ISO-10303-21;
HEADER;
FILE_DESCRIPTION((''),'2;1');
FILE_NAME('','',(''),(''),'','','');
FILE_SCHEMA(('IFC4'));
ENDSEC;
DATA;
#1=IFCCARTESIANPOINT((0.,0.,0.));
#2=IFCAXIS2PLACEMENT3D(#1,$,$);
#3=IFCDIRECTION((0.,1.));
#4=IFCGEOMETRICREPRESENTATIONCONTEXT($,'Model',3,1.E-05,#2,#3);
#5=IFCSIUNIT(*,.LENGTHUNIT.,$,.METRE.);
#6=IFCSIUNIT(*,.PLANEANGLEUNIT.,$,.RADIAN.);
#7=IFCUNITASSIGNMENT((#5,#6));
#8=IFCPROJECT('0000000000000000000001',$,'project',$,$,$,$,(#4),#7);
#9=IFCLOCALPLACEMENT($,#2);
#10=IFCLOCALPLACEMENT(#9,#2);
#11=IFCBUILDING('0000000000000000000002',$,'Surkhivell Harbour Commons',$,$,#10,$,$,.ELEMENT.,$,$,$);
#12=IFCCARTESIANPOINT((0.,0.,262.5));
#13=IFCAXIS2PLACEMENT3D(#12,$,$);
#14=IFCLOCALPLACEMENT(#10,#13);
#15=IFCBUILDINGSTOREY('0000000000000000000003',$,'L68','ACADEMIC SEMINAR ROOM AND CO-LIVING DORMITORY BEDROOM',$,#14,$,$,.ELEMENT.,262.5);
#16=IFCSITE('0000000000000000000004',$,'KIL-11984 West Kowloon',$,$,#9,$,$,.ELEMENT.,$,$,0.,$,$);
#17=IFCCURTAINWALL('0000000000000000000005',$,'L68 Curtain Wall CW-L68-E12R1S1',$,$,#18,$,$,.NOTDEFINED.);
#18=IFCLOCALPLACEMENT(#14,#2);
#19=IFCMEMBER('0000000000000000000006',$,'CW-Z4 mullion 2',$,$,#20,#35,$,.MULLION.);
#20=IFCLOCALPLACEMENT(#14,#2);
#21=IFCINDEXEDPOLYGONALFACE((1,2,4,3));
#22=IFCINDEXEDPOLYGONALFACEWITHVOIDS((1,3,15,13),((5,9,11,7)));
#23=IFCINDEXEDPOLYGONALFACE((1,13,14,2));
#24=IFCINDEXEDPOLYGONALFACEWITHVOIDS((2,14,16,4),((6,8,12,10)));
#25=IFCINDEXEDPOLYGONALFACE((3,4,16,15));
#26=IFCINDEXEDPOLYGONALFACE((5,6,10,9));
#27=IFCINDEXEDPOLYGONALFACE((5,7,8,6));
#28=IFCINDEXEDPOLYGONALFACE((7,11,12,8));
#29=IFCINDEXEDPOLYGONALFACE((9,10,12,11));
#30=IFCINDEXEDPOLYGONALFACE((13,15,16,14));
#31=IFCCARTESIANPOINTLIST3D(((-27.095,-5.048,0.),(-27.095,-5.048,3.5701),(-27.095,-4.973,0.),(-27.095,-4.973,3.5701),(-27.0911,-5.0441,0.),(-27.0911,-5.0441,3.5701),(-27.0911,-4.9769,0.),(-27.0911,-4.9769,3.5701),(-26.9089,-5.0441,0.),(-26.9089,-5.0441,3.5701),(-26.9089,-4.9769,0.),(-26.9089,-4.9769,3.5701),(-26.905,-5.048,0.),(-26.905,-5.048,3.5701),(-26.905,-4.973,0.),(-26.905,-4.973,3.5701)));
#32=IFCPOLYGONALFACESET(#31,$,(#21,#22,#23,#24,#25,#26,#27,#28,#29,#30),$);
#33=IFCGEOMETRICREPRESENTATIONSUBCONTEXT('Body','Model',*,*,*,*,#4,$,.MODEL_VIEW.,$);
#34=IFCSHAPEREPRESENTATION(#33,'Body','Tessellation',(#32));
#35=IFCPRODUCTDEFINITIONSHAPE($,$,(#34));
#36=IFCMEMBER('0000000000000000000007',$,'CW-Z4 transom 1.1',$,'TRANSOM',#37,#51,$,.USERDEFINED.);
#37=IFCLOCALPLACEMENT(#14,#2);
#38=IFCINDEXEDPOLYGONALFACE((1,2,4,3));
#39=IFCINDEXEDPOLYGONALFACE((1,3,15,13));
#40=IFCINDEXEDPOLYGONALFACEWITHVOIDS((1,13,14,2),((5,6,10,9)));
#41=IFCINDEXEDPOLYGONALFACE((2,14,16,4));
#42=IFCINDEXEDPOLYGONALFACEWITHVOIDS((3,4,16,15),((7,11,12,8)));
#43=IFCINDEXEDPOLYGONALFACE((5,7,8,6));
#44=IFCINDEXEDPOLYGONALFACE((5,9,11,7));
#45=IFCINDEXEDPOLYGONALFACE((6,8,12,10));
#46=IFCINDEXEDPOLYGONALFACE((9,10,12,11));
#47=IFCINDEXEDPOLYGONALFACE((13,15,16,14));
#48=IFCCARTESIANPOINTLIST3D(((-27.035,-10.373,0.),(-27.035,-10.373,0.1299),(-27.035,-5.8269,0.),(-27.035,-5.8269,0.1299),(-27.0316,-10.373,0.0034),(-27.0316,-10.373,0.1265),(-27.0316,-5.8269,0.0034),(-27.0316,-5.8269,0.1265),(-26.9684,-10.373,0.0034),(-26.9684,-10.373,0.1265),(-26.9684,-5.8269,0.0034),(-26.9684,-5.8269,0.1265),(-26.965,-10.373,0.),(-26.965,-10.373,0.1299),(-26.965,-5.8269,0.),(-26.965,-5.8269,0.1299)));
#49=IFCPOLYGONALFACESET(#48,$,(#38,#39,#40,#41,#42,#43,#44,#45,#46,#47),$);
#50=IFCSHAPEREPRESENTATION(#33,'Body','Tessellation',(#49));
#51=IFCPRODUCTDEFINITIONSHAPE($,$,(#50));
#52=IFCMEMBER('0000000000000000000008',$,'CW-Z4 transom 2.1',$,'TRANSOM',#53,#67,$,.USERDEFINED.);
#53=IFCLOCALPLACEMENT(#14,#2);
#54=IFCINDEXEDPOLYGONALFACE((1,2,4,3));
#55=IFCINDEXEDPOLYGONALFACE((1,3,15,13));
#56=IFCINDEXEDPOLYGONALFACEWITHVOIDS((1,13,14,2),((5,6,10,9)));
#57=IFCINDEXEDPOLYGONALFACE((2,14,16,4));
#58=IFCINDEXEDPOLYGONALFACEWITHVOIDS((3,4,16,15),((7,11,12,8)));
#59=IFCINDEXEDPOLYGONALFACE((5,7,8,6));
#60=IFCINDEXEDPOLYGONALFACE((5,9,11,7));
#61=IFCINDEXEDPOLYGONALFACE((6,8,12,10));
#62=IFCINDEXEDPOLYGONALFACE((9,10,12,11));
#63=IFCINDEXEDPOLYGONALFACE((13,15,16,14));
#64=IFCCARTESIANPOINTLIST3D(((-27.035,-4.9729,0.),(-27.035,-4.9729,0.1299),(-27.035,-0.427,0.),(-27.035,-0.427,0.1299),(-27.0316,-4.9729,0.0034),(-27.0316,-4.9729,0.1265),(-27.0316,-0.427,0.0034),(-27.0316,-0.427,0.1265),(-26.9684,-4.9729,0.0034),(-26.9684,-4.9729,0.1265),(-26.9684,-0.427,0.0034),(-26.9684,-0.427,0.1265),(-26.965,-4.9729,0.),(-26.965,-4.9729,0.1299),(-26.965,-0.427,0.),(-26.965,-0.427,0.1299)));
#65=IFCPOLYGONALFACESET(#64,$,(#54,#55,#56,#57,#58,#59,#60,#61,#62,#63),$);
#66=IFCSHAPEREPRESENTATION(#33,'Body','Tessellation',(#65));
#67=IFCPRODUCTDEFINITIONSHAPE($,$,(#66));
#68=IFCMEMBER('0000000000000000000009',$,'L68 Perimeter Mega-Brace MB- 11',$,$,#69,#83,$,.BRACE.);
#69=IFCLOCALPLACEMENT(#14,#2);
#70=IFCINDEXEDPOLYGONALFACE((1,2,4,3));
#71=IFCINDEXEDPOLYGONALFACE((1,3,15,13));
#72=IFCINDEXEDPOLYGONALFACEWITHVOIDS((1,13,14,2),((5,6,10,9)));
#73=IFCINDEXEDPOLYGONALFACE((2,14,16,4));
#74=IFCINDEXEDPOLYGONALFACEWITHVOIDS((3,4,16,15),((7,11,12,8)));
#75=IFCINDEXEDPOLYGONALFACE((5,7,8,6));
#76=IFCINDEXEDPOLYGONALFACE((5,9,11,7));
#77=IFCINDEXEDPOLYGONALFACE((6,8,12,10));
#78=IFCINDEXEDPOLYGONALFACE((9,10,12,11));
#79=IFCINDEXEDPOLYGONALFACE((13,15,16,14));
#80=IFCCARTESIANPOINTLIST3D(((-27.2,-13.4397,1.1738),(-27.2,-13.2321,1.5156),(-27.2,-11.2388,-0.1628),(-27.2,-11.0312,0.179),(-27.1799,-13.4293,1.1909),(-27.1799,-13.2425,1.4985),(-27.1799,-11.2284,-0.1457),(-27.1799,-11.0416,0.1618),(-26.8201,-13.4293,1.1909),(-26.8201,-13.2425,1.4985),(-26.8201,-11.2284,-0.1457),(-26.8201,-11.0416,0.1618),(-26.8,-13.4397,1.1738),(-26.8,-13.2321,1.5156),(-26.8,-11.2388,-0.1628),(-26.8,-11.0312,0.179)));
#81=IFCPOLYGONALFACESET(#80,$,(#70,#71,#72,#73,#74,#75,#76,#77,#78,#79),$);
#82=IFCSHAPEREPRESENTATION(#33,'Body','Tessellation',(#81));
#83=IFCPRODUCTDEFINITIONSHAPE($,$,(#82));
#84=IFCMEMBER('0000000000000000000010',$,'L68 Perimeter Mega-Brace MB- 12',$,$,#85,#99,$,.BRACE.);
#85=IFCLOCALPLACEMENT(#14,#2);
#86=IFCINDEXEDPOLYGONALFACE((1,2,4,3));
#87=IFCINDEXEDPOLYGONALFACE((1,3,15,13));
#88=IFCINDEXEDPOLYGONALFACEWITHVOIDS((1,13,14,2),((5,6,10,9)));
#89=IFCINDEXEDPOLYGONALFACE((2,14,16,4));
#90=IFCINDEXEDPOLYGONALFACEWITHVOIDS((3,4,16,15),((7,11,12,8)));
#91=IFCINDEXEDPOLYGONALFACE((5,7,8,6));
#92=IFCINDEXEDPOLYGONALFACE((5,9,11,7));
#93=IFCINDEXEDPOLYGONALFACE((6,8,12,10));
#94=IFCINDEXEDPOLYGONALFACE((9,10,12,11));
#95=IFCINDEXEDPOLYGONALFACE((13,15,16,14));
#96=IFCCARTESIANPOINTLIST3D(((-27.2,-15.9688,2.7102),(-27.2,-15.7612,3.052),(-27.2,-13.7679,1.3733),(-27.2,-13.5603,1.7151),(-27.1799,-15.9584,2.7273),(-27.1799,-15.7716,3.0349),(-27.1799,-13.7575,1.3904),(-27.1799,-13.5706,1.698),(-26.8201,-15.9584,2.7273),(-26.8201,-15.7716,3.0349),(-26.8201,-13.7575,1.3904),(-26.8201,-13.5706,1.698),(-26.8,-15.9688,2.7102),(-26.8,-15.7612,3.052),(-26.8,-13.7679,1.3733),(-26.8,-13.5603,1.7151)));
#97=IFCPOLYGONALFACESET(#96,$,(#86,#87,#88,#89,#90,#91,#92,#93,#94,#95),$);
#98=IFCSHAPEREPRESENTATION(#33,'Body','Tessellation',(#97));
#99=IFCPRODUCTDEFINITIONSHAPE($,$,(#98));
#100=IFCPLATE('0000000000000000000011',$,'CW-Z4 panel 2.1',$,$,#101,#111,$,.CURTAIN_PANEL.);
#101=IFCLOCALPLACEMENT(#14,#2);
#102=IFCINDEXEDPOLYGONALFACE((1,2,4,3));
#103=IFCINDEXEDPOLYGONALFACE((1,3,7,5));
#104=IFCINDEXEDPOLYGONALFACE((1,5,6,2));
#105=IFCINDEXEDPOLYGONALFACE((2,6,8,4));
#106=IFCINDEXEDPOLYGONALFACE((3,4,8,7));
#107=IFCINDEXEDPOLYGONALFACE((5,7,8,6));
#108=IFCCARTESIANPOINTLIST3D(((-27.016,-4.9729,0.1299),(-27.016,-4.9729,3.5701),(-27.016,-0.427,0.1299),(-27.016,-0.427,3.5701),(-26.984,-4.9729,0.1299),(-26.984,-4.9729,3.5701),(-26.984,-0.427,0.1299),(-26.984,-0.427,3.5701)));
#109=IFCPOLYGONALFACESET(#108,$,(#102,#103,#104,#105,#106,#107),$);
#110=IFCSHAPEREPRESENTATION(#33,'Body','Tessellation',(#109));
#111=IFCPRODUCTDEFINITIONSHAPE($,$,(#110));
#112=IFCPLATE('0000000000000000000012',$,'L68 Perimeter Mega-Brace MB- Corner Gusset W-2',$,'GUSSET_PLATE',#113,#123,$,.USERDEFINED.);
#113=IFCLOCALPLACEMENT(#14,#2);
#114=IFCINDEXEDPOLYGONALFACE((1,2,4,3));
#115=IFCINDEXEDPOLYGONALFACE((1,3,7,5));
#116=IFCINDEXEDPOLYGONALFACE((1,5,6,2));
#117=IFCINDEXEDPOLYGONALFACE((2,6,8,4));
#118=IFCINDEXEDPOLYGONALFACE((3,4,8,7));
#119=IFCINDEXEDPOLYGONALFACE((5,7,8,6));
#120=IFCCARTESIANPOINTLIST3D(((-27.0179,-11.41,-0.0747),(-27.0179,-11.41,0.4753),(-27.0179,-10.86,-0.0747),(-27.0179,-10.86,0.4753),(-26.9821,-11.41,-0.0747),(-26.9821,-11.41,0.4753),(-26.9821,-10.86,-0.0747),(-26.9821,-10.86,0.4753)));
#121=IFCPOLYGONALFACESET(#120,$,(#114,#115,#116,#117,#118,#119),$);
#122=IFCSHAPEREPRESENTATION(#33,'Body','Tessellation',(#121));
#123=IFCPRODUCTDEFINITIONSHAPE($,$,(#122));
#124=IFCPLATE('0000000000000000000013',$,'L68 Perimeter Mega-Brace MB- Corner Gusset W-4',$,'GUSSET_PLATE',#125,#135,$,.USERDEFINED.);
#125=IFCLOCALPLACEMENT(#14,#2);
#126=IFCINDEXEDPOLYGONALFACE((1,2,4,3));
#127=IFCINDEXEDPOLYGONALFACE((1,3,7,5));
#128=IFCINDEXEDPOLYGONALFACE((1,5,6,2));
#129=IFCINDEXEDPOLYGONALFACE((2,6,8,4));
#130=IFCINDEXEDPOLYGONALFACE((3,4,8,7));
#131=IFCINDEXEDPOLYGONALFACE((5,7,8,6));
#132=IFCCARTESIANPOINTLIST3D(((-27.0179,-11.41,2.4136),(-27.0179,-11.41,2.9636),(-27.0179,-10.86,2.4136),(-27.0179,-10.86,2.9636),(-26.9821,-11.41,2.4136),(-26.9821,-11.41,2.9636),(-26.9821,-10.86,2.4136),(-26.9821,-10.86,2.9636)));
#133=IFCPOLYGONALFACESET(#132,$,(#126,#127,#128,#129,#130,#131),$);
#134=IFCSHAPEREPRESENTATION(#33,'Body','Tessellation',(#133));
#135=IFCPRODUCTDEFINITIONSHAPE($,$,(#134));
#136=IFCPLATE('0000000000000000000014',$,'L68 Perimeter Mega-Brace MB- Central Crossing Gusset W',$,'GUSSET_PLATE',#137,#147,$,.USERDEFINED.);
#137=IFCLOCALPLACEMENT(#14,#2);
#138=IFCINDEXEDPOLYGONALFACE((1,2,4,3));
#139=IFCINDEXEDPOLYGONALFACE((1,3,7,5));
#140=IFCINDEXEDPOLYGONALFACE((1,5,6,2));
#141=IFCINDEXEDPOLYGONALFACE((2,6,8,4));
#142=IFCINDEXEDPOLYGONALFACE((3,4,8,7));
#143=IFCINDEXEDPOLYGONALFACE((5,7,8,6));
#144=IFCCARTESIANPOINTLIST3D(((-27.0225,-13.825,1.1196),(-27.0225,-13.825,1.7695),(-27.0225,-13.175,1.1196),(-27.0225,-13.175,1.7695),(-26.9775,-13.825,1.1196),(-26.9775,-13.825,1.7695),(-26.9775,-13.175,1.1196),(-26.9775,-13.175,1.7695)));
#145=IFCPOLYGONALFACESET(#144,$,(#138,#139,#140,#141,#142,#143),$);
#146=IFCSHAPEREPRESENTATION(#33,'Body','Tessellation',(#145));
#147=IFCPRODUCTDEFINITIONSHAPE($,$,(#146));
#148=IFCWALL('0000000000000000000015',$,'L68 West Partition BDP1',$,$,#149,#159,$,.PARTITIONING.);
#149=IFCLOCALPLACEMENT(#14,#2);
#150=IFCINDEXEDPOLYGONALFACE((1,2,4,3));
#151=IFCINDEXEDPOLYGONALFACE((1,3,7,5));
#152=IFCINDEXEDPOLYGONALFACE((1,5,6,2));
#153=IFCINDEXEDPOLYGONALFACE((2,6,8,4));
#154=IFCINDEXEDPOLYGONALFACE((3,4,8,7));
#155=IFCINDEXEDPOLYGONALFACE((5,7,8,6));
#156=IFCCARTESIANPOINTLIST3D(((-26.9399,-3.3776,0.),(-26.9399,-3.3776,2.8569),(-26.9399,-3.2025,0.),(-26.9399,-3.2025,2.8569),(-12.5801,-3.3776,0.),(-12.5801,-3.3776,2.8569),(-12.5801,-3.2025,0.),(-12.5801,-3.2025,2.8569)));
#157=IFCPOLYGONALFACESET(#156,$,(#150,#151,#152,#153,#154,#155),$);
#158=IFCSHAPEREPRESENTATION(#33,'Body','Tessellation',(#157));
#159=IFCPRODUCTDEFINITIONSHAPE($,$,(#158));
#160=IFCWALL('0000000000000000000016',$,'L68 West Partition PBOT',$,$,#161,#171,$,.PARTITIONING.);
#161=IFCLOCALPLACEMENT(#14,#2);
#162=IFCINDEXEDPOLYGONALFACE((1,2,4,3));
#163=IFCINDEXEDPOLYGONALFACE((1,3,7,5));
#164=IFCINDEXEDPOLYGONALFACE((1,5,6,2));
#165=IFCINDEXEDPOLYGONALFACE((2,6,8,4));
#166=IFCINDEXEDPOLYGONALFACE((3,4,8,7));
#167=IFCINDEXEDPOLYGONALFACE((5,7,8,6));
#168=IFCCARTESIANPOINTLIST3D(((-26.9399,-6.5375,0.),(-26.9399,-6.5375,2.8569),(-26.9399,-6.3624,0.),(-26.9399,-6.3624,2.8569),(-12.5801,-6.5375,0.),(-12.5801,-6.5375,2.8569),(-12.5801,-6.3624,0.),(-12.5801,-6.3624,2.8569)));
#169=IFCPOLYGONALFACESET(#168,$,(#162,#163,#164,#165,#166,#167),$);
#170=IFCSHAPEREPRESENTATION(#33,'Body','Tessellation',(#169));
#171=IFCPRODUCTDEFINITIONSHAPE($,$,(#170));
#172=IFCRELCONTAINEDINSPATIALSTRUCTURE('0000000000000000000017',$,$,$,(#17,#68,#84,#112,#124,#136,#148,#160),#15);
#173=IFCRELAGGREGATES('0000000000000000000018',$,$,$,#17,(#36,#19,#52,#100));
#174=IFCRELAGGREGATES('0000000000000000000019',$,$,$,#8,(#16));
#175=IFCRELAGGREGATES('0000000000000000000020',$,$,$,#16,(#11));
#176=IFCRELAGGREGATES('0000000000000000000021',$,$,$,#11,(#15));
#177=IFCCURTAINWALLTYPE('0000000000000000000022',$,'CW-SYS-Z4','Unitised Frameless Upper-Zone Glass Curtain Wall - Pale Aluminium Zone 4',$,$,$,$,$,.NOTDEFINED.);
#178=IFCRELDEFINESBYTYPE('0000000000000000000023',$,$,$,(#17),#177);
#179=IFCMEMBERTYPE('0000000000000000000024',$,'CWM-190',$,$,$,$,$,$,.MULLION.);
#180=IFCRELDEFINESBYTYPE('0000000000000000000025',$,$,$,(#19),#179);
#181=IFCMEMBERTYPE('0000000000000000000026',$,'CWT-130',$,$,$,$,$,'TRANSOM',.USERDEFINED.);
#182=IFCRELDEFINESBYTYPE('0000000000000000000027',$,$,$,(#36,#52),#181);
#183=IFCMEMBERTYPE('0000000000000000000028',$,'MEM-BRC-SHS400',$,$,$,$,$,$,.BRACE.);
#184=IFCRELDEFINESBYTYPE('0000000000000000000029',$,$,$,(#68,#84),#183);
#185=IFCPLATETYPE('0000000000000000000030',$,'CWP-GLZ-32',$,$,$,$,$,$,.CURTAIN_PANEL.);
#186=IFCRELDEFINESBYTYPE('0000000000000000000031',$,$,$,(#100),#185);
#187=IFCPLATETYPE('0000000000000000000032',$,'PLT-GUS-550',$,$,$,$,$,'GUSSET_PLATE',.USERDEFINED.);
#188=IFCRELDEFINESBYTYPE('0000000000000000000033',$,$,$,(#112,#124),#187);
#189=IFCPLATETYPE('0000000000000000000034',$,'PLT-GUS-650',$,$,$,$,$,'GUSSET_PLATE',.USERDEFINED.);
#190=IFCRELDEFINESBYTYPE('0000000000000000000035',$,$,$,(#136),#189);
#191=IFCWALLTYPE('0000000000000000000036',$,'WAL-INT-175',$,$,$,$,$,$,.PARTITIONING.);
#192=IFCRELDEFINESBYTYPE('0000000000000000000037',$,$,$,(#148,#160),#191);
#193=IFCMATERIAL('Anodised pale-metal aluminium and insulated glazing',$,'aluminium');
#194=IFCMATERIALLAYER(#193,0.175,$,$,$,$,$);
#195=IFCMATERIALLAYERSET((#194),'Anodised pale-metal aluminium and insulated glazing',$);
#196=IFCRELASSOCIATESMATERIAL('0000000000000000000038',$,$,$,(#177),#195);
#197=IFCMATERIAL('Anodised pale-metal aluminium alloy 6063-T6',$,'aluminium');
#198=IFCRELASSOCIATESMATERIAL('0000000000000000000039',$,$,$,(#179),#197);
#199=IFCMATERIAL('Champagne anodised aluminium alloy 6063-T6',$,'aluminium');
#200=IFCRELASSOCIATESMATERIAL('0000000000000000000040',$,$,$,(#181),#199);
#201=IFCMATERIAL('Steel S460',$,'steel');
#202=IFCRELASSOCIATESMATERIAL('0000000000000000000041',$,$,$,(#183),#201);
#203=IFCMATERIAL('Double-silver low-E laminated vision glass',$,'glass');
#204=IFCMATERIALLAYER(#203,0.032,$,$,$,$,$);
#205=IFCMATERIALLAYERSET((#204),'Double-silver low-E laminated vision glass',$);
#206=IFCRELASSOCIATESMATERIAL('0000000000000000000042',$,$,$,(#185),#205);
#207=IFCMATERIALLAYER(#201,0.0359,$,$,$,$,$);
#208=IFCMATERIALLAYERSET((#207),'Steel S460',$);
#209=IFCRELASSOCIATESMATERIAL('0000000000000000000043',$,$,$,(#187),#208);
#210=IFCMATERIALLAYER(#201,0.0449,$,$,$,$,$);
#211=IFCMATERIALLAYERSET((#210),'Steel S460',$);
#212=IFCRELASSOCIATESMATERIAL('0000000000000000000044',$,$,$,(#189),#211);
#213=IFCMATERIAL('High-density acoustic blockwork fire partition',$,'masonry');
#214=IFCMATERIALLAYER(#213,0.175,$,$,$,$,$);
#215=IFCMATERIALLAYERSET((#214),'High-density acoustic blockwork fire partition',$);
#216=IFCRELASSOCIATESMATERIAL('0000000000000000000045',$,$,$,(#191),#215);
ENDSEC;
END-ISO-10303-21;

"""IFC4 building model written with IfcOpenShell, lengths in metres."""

from ifc_helpers import new_model, si_unit, direction, frame, frame_2d, origin, origin_2d, place, context, subcontext, project, spatial, rectangle, hollow_rectangle, extrude, material, layer, layer_set, material_profile, profile_set, type_object, element, aggregate, save


model = new_model("IFC4")

# Units and contexts
model_context = context("Model", 3, precision=1e-05, world=origin(), true_north=direction((0.0, 1.0)))
body_context = subcontext(model_context, "Body", "Model", "MODEL_VIEW")
ifc_project = project(units=[si_unit("LENGTHUNIT", "METRE"), si_unit("PLANEANGLEUNIT", "RADIAN")], contexts=[model_context])

# Site, building, storey
site_placement = place(None, origin())
site = spatial("IfcSite", under=ifc_project, at=site_placement, Name="KIL-11984 West Kowloon", CompositionType="ELEMENT", RefElevation=0.0)
building_placement = place(site_placement, origin())
building = spatial("IfcBuilding", under=site, at=building_placement, Name="Surkhivell Harbour Commons", CompositionType="ELEMENT")
storey_placement = place(building_placement, frame((0.0, 0.0, 262.5)))
storey = spatial("IfcBuildingStorey", under=building, at=storey_placement, Name="L68", Description="ACADEMIC SEMINAR ROOM AND CO-LIVING DORMITORY BEDROOM", CompositionType="ELEMENT", Elevation=262.5)

# Curtain wall, members
ifc_material_1 = material(Name="Anodised pale-metal aluminium and insulated glazing", Category="aluminium")
ifc_layer_1 = layer(ifc_material_1, 0.175)
ifc_layer_set_1 = layer_set([ifc_layer_1], Name="Anodised pale-metal aluminium and insulated glazing")
curtain_wall_type = type_object("IfcCurtainWallType", Name="CW-SYS-Z4", Description="Unitised Frameless Upper-Zone Glass Curtain Wall - Pale Aluminium Zone 4", PredefinedType="NOTDEFINED", material=ifc_layer_set_1)
curtain_wall_placement = place(storey_placement, origin())
curtain_wall = element("IfcCurtainWall", 1, at=curtain_wall_placement, inside=storey, type_object=curtain_wall_type, Name="L68 Curtain Wall CW-L68-E12R1S1", PredefinedType="NOTDEFINED")
ifc_material_2 = material(Name="Anodised pale-metal aluminium alloy 6063-T6", Category="aluminium")
ifc_material_profile_1 = material_profile(ifc_material_2, hollow_rectangle(XDim=0.075, YDim=0.1899, WallThickness=0.0039, at=origin_2d()), Name="ALU-MULL-75x190")
ifc_profile_set_1 = profile_set([ifc_material_profile_1], Name="Anodised pale-metal aluminium alloy 6063-T6")
member_type_1 = type_object("IfcMemberType", Name="CWM-190", PredefinedType="MULLION", material=ifc_profile_set_1)
member_1_placement = place(storey_placement, frame((-27.0, -5.0105, 0.0), z_axis=(0.0, 0.0, 1.0), x_axis=(0.0, 1.0, 0.0)))
member_1 = element("IfcMember", 2, at=member_1_placement, type_object=member_type_1, Name="CW-Z4 mullion 2", PredefinedType="MULLION", context=body_context, shape_type="SweptSolid", body=[
    extrude(hollow_rectangle(XDim=0.075, YDim=0.1899, WallThickness=0.0039, at=origin_2d()), origin(), (0.0, 0.0, 1.0), 3.5701),
])
ifc_material_3 = material(Name="Champagne anodised aluminium alloy 6063-T6", Category="aluminium")
ifc_material_profile_2 = material_profile(ifc_material_3, hollow_rectangle(XDim=0.0701, YDim=0.1299, WallThickness=0.0034, at=origin_2d()), Name="ALU-TRAN-70x130")
ifc_profile_set_2 = profile_set([ifc_material_profile_2], Name="Champagne anodised aluminium alloy 6063-T6")
member_type_2 = type_object("IfcMemberType", Name="CWT-130", ElementType="TRANSOM", PredefinedType="USERDEFINED", material=ifc_profile_set_2)
member_2_placement = place(storey_placement, frame((-27.0, -10.373, 0.0649), z_axis=(0.0, 1.0, 0.0), x_axis=(-1.0, 0.0, 0.0)))
member_2 = element("IfcMember", 3, at=member_2_placement, type_object=member_type_2, Name="CW-Z4 transom 1.1", ObjectType="TRANSOM", PredefinedType="USERDEFINED", context=body_context, shape_type="SweptSolid", body=[
    extrude(hollow_rectangle(XDim=0.0701, YDim=0.1299, WallThickness=0.0034, at=origin_2d()), origin(), (0.0, 0.0, 1.0), 4.5461),
])
member_3_placement = place(storey_placement, frame((-27.0, -4.9729, 0.0649), z_axis=(0.0, 1.0, 0.0), x_axis=(-1.0, 0.0, 0.0)))
member_3 = element("IfcMember", 4, at=member_3_placement, type_object=member_type_2, Name="CW-Z4 transom 2.1", ObjectType="TRANSOM", PredefinedType="USERDEFINED", context=body_context, shape_type="SweptSolid", body=[
    extrude(hollow_rectangle(XDim=0.0701, YDim=0.1299, WallThickness=0.0034, at=origin_2d()), origin(), (0.0, 0.0, 1.0), 4.5459),
])

# Members
ifc_material_4 = material(Name="Steel S460", Category="steel")
ifc_material_profile_3 = material_profile(ifc_material_4, hollow_rectangle(XDim=0.3999, YDim=0.3999, WallThickness=0.02, at=origin_2d()), Name="SHS400x400x20")
ifc_profile_set_3 = profile_set([ifc_material_profile_3], Name="Steel S460")
member_type_3 = type_object("IfcMemberType", Name="MEM-BRC-SHS400", PredefinedType="BRACE", material=ifc_profile_set_3)
member_4_placement = place(storey_placement, frame((-27.0, -11.135, 0.0081), z_axis=(0.0, -0.85472, 0.519089), x_axis=(1.0, 0.0, 0.0)))
element("IfcMember", 5, at=member_4_placement, inside=storey, type_object=member_type_3, Name="L68 Perimeter Mega-Brace MB- 11", PredefinedType="BRACE", context=body_context, shape_type="SweptSolid", body=[
    extrude(hollow_rectangle(XDim=0.3999, YDim=0.3999, WallThickness=0.02, at=origin_2d()), origin(), (0.0, 0.0, 1.0), 2.575),
])
member_5_placement = place(storey_placement, frame((-27.0, -13.6641, 1.5442), z_axis=(0.0, -0.854678, 0.519159), x_axis=(1.0, 0.0, 0.0)))
element("IfcMember", 6, at=member_5_placement, inside=storey, type_object=member_type_3, Name="L68 Perimeter Mega-Brace MB- 12", PredefinedType="BRACE", context=body_context, shape_type="SweptSolid", body=[
    extrude(hollow_rectangle(XDim=0.3999, YDim=0.3999, WallThickness=0.02, at=origin_2d()), origin(), (0.0, 0.0, 1.0), 2.5752),
])

# Plate
ifc_material_5 = material(Name="Double-silver low-E laminated vision glass", Category="glass")
ifc_layer_2 = layer(ifc_material_5, 0.032)
ifc_layer_set_2 = layer_set([ifc_layer_2], Name="Double-silver low-E laminated vision glass")
plate_type_1 = type_object("IfcPlateType", Name="CWP-GLZ-32", PredefinedType="CURTAIN_PANEL", material=ifc_layer_set_2)
plate_1_placement = place(storey_placement, frame((-27.0, -4.9729, 0.1299), z_axis=(0.0, 0.0, 1.0), x_axis=(0.0, 1.0, 0.0)))
plate_1 = element("IfcPlate", 7, at=plate_1_placement, type_object=plate_type_1, Name="CW-Z4 panel 2.1", PredefinedType="CURTAIN_PANEL", context=body_context, shape_type="SweptSolid", body=[
    extrude(rectangle(XDim=4.5459, YDim=0.032, at=frame_2d((2.2729, 0.0))), origin(), (0.0, 0.0, 1.0), 3.4402),
])
aggregate(curtain_wall, [member_2, member_1, member_3, plate_1])

# Plates
ifc_layer_3 = layer(ifc_material_4, 0.0359)
ifc_layer_set_3 = layer_set([ifc_layer_3], Name="Steel S460")
plate_type_2 = type_object("IfcPlateType", Name="PLT-GUS-550", ElementType="GUSSET_PLATE", PredefinedType="USERDEFINED", material=ifc_layer_set_3)
for number, where, z_axis, x_axis, name in (
    (8, (-27.0, -11.135, -0.0747), (0.0, 0.0, 1.0), (0.0, 1.0, 0.0), "L68 Perimeter Mega-Brace MB- Corner Gusset W-2"),
    (9, (-27.0, -11.135, 2.4136), (0.0, 0.0, 1.0), (0.0, 1.0, 0.0), "L68 Perimeter Mega-Brace MB- Corner Gusset W-4"),
):
    element("IfcPlate", number, at=place(storey_placement, frame(where, z_axis=z_axis, x_axis=x_axis)), inside=storey, type_object=plate_type_2, Name=name, ObjectType="GUSSET_PLATE", PredefinedType="USERDEFINED", context=body_context, shape_type="SweptSolid", body=[
        extrude(rectangle(XDim=0.55, YDim=0.0359, at=origin_2d()), origin(), (0.0, 0.0, 1.0), 0.55),
    ])
ifc_layer_4 = layer(ifc_material_4, 0.0449)
ifc_layer_set_4 = layer_set([ifc_layer_4], Name="Steel S460")
plate_type_3 = type_object("IfcPlateType", Name="PLT-GUS-650", ElementType="GUSSET_PLATE", PredefinedType="USERDEFINED", material=ifc_layer_set_4)
plate_2_placement = place(storey_placement, frame((-27.0, -13.5, 1.1196), z_axis=(0.0, 0.0, 1.0), x_axis=(0.0, 1.0, 0.0)))
element("IfcPlate", 10, at=plate_2_placement, inside=storey, type_object=plate_type_3, Name="L68 Perimeter Mega-Brace MB- Central Crossing Gusset W", ObjectType="GUSSET_PLATE", PredefinedType="USERDEFINED", context=body_context, shape_type="SweptSolid", body=[
    extrude(rectangle(XDim=0.6499, YDim=0.0449, at=origin_2d()), origin(), (0.0, 0.0, 1.0), 0.6499),
])

# Walls
ifc_material_6 = material(Name="High-density acoustic blockwork fire partition", Category="masonry")
ifc_layer_5 = layer(ifc_material_6, 0.175)
ifc_layer_set_5 = layer_set([ifc_layer_5], Name="High-density acoustic blockwork fire partition")
wall_type = type_object("IfcWallType", Name="WAL-INT-175", PredefinedType="PARTITIONING", material=ifc_layer_set_5)
for number, where, z_axis, x_axis, name in (
    (11, (-26.9399, -3.29, 0.0), (0.0, 0.0, 1.0), (1.0, 0.0, 0.0), "L68 West Partition BDP1"),
    (12, (-26.9399, -6.45, 0.0), (0.0, 0.0, 1.0), (1.0, 0.0, 0.0), "L68 West Partition PBOT"),
):
    element("IfcWall", number, at=place(storey_placement, frame(where, z_axis=z_axis, x_axis=x_axis)), inside=storey, type_object=wall_type, Name=name, PredefinedType="PARTITIONING", context=body_context, shape_type="SweptSolid", body=[
        extrude(rectangle(XDim=14.3599, YDim=0.175, at=frame_2d((7.1799, 0.0))), origin(), (0.0, 0.0, 1.0), 2.8569),
    ])

save(model, "model.ifc")
